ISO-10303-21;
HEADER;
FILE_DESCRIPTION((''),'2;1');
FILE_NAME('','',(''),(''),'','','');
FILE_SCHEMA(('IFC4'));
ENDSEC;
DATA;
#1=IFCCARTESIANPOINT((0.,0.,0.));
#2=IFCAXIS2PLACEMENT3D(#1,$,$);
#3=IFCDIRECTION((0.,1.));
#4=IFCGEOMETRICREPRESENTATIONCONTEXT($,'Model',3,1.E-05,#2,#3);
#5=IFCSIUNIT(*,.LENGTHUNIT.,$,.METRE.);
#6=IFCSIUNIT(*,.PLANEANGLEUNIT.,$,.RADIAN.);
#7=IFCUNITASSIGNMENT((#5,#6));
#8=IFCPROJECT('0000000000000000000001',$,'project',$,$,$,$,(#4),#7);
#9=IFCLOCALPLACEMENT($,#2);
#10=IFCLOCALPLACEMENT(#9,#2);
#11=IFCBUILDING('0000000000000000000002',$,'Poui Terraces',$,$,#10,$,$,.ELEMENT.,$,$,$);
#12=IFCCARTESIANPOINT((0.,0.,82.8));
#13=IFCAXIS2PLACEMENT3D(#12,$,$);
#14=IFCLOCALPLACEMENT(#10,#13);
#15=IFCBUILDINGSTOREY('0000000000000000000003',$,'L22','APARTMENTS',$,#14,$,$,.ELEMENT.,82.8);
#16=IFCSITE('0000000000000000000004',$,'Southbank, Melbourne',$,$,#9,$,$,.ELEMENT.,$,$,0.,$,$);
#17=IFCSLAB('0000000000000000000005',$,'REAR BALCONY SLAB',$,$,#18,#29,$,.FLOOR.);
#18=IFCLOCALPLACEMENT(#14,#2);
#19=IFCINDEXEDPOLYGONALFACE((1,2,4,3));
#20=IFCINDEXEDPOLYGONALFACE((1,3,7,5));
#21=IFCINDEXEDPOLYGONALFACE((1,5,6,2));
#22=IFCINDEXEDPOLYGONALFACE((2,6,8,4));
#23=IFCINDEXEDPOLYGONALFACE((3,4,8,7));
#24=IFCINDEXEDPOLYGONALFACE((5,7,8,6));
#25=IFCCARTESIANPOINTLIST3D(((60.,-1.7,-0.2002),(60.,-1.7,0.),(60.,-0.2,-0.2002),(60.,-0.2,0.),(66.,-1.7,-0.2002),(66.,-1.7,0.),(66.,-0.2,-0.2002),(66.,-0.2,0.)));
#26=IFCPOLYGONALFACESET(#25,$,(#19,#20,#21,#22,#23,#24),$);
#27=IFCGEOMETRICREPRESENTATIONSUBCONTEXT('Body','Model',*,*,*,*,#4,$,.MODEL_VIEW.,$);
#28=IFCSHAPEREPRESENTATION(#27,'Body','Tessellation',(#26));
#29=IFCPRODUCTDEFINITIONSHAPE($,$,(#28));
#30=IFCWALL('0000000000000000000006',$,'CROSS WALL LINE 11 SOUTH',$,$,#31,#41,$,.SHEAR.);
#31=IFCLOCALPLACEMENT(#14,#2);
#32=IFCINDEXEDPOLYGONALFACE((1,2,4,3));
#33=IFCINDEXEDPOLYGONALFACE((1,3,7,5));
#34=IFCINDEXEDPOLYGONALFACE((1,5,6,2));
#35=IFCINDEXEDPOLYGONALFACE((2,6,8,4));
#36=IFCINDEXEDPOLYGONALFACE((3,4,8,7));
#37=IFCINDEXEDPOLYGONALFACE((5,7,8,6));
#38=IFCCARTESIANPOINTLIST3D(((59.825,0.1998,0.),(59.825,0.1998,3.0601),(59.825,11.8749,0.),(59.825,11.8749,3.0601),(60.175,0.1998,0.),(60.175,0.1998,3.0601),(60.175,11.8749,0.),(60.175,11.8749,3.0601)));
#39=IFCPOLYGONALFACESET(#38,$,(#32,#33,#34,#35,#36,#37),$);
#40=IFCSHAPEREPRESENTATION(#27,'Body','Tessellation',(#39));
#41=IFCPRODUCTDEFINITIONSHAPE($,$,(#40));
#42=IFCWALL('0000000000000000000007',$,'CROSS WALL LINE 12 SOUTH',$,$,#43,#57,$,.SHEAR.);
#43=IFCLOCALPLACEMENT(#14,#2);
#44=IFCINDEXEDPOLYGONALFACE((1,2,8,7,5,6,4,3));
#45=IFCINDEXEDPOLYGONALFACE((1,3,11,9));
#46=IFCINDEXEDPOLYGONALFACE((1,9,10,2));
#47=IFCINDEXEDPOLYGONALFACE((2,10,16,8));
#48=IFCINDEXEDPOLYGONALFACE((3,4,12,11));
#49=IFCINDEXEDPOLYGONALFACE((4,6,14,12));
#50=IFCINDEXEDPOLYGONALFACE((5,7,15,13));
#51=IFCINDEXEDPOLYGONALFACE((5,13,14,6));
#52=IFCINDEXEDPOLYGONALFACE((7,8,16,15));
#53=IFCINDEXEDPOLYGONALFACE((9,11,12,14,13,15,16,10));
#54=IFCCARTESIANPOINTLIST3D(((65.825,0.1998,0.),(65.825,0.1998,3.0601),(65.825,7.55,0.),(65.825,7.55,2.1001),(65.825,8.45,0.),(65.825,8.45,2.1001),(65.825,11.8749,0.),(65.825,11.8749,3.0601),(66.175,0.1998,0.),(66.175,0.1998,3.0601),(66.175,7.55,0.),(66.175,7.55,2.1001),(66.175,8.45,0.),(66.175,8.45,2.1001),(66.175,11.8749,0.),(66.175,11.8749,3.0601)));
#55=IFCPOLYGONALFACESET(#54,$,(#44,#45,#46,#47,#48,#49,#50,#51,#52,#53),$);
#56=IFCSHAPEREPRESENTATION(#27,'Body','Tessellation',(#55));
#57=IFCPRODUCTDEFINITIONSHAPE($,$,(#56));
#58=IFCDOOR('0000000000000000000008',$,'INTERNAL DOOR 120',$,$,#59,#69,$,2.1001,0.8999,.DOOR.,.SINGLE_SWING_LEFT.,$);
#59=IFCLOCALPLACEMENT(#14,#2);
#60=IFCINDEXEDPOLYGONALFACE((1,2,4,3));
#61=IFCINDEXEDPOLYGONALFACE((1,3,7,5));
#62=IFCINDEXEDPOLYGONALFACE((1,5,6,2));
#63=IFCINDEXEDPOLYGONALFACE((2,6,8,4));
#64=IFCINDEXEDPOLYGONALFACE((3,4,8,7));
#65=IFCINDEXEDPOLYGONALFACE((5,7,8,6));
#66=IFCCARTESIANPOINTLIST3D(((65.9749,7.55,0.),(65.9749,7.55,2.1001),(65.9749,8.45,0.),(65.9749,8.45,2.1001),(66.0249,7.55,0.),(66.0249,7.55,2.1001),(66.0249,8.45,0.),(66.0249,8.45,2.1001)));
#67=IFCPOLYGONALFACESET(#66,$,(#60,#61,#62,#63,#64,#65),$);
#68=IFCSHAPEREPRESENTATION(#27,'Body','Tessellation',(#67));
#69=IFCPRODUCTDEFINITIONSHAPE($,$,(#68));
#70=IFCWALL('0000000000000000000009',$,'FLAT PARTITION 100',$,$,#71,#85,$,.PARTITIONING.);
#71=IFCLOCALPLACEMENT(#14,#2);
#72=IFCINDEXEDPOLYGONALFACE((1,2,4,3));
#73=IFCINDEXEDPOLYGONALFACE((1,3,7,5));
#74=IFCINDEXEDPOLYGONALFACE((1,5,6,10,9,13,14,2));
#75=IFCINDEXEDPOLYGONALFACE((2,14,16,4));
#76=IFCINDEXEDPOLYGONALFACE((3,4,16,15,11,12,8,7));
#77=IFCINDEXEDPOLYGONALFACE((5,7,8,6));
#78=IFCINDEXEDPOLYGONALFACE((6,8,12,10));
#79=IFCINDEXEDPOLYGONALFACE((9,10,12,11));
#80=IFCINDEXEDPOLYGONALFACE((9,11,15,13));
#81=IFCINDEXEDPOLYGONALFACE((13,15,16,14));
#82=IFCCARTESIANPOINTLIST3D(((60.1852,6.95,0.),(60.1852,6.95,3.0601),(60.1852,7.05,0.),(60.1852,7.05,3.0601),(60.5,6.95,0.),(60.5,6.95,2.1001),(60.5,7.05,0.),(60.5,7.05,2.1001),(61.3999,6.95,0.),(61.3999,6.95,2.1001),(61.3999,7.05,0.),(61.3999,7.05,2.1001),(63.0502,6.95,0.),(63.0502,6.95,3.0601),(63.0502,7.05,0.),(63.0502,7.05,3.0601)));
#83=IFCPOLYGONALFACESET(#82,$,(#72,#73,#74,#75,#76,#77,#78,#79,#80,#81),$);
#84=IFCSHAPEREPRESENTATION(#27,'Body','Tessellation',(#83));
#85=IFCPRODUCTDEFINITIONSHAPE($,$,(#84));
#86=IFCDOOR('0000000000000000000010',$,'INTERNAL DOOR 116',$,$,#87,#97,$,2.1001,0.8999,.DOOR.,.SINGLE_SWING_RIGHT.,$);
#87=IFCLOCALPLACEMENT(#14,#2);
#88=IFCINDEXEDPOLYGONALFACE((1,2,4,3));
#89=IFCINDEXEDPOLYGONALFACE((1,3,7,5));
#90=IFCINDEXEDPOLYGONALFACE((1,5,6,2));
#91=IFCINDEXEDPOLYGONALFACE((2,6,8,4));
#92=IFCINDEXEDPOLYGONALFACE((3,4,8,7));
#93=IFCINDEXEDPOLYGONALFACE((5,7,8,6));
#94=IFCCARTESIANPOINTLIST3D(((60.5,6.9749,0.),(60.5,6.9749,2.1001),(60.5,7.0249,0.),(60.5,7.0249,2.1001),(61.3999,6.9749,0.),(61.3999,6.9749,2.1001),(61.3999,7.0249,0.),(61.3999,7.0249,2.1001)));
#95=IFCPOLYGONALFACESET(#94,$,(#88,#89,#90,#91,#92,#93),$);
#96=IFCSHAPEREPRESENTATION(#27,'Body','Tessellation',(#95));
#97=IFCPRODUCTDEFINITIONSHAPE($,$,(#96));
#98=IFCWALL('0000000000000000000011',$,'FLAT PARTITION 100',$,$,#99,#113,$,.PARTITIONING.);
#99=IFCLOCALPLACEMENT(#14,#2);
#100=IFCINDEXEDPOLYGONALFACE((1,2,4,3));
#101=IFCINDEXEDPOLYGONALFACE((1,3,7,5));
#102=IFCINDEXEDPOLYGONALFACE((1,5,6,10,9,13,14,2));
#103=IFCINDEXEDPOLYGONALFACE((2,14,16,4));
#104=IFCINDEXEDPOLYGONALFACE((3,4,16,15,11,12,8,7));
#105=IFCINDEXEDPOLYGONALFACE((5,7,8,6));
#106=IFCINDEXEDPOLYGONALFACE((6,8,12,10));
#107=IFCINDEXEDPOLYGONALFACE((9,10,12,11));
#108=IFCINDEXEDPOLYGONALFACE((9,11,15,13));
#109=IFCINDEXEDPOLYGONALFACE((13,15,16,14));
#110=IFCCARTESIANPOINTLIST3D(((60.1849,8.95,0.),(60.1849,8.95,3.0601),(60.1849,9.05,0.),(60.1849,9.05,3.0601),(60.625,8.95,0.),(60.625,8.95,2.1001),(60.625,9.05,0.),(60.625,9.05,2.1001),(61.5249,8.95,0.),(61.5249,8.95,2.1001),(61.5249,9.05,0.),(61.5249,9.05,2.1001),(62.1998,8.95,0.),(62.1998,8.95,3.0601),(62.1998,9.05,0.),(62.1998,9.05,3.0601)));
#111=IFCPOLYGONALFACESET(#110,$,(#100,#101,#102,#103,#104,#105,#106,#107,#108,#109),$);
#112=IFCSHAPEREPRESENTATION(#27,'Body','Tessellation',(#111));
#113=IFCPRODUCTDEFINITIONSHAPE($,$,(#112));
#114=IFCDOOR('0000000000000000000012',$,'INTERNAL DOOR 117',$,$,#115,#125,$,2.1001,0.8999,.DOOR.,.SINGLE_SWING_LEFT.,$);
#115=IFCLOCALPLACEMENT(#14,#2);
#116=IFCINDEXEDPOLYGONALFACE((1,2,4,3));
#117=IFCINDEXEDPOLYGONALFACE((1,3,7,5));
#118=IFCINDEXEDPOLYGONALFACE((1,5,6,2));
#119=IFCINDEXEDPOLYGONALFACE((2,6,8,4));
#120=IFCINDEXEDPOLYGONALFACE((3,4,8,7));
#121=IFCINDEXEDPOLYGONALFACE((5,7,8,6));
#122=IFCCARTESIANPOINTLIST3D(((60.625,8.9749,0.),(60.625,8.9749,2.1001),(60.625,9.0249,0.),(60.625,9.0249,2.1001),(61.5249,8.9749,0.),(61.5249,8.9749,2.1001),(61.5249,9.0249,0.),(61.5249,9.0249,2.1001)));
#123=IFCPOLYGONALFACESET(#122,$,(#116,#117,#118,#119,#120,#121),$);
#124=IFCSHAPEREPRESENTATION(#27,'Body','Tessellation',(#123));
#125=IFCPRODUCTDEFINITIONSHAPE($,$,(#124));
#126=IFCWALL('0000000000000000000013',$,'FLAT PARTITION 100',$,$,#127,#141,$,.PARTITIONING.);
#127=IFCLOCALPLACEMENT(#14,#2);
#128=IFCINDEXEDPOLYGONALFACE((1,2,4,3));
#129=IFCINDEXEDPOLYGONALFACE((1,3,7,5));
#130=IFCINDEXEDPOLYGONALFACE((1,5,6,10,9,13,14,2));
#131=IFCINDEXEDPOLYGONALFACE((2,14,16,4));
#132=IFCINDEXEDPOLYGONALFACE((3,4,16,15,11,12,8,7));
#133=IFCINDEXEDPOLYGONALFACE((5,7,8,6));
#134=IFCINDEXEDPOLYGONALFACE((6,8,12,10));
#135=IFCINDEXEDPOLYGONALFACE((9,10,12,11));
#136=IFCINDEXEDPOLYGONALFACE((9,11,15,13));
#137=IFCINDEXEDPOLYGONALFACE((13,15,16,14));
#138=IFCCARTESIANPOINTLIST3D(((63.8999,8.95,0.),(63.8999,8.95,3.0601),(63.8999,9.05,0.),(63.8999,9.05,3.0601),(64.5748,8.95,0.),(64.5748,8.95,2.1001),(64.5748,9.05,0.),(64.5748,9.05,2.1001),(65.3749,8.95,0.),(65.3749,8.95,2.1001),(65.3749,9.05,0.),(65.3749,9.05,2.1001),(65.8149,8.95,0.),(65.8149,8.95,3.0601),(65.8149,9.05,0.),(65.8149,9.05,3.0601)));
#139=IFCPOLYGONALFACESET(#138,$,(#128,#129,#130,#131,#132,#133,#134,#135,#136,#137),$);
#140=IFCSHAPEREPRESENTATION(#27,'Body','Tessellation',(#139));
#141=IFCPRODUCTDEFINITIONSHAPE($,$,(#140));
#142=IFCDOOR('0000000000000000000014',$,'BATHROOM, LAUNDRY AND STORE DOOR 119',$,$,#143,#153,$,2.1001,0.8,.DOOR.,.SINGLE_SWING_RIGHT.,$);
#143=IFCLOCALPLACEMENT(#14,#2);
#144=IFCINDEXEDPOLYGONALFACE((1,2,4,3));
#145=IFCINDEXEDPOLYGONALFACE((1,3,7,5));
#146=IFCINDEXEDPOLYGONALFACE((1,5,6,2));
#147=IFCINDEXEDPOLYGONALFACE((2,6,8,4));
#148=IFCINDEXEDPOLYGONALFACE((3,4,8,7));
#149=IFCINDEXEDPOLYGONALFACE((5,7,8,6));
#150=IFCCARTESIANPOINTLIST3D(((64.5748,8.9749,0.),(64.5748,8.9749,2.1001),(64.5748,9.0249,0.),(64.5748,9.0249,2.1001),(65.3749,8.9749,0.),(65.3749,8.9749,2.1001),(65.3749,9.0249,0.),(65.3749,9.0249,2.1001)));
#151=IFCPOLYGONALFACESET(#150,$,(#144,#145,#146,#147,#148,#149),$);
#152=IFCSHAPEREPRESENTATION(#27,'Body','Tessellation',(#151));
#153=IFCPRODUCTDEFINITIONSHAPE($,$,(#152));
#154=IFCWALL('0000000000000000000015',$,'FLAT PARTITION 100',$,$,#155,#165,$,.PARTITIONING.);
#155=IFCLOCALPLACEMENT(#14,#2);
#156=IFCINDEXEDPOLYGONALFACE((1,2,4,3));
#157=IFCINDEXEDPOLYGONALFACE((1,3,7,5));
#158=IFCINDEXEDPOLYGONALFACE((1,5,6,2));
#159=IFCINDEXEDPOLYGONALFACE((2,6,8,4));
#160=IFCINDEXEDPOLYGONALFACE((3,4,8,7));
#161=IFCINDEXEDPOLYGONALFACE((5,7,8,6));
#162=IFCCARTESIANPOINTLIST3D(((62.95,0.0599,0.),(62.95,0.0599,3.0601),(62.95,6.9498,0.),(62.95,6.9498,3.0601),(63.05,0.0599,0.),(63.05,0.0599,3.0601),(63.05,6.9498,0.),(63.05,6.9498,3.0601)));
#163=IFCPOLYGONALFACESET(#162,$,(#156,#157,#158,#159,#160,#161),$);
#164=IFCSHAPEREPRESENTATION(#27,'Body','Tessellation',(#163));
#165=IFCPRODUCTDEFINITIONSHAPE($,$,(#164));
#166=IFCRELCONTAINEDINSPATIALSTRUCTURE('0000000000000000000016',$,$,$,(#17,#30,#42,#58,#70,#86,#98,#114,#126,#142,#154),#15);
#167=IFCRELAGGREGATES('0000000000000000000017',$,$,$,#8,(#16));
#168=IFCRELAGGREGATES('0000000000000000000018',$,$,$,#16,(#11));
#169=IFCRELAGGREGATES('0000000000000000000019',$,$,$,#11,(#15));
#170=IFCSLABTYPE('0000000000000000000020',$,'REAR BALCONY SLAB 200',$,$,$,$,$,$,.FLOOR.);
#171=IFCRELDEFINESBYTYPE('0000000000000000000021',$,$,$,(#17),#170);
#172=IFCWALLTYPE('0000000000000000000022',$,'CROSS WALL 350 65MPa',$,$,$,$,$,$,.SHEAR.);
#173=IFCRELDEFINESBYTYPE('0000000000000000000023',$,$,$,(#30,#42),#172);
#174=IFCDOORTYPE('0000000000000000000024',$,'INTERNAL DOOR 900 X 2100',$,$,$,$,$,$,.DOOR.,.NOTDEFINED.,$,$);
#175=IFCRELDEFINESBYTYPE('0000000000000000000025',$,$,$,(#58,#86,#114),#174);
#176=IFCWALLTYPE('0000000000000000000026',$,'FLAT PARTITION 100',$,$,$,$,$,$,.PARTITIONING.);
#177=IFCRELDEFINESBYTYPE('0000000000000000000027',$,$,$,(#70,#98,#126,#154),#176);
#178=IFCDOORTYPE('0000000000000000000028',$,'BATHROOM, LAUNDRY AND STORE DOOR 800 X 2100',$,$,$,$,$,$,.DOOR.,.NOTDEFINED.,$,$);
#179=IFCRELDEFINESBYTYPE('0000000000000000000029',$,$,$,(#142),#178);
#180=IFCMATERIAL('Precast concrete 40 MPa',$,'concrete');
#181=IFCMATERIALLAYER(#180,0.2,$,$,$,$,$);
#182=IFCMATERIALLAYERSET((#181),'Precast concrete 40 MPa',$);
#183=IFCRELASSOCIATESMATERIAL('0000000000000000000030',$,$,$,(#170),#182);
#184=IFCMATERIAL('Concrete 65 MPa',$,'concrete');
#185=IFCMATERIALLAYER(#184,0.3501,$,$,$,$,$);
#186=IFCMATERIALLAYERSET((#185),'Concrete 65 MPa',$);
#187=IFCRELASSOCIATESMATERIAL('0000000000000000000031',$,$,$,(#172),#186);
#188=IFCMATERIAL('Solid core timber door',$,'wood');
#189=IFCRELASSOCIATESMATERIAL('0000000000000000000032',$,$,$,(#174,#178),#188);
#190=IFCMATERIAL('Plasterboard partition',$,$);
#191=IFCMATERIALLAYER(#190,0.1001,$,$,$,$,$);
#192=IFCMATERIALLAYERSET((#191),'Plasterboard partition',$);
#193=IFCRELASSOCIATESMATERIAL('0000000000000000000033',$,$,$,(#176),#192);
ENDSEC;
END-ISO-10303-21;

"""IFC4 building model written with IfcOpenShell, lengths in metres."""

from ifc_helpers import new_model, si_unit, direction, frame, frame_2d, origin, place, context, subcontext, project, spatial, polyline, rectangle, outline, extrude, source, transform, mapped, material, layer, layer_set, type_object, element, fill, save


model = new_model("IFC4")

# Units and contexts
model_context = context("Model", 3, precision=1e-05, world=origin(), true_north=direction((0.0, 1.0)))
body_context = subcontext(model_context, "Body", "Model", "MODEL_VIEW")
ifc_project = project(units=[si_unit("LENGTHUNIT", "METRE"), si_unit("PLANEANGLEUNIT", "RADIAN")], contexts=[model_context])

# Site, building, storey
site_placement = place(None, origin())
site = spatial("IfcSite", under=ifc_project, at=site_placement, Name="Southbank, Melbourne", CompositionType="ELEMENT", RefElevation=0.0)
building_placement = place(site_placement, origin())
building = spatial("IfcBuilding", under=site, at=building_placement, Name="Poui Terraces", CompositionType="ELEMENT")
storey_placement = place(building_placement, frame((0.0, 0.0, 82.8)))
storey = spatial("IfcBuildingStorey", under=building, at=storey_placement, Name="L22", Description="APARTMENTS", CompositionType="ELEMENT", Elevation=82.8)

# Slab
ifc_material_1 = material(Name="Precast concrete 40 MPa", Category="concrete")
ifc_layer_1 = layer(ifc_material_1, 0.2)
ifc_layer_set_1 = layer_set([ifc_layer_1], Name="Precast concrete 40 MPa")
slab_type = type_object("IfcSlabType", Name="REAR BALCONY SLAB 200", PredefinedType="FLOOR", material=ifc_layer_set_1)
shared_shape_1 = source(origin(), body_context, "Body", "SweptSolid", [
    extrude(outline(polyline([(0.0, 0.0), (6.0, 0.0), (6.0, 1.5), (0.0, 1.5), (0.0, 0.0)])), origin(), (0.0, 0.0, 1.0), 0.2002),
])
slab_placement = place(storey_placement, frame((60.0, -1.7, -0.2002)))
element("IfcSlab", 1, at=slab_placement, inside=storey, type_object=slab_type, Name="REAR BALCONY SLAB", PredefinedType="FLOOR", context=body_context, shape_type="MappedRepresentation", body=[
    mapped(shared_shape_1, transform((0.0, 0.0, 0.0))),
])

# Wall
ifc_material_2 = material(Name="Concrete 65 MPa", Category="concrete")
ifc_layer_2 = layer(ifc_material_2, 0.3501)
ifc_layer_set_2 = layer_set([ifc_layer_2], Name="Concrete 65 MPa")
wall_type_1 = type_object("IfcWallType", Name="CROSS WALL 350 65MPa", PredefinedType="SHEAR", material=ifc_layer_set_2)
wall_1_placement = place(storey_placement, frame((60.0, 0.2, 0.0), z_axis=(0.0, 0.0, 1.0), x_axis=(0.0, 1.0, 0.0)))
element("IfcWall", 2, at=wall_1_placement, inside=storey, type_object=wall_type_1, Name="CROSS WALL LINE 11 SOUTH", PredefinedType="SHEAR", context=body_context, shape_type="SweptSolid", body=[
    extrude(rectangle(XDim=11.675, YDim=0.3501, at=frame_2d((5.8374, 0.0))), origin(), (0.0, 0.0, 1.0), 3.0601),
])

# Walls, openings, doors
wall_2_placement = place(storey_placement, frame((66.0, 0.2, 0.0), z_axis=(0.0, 0.0, 1.0), x_axis=(0.0, 1.0, 0.0)))
wall_2 = element("IfcWall", 3, at=wall_2_placement, inside=storey, type_object=wall_type_1, Name="CROSS WALL LINE 12 SOUTH", PredefinedType="SHEAR", context=body_context, shape_type="SweptSolid", body=[
    extrude(rectangle(XDim=11.675, YDim=0.3501, at=frame_2d((5.8374, 0.0))), origin(), (0.0, 0.0, 1.0), 3.0601),
])
opening_1_placement = place(wall_2_placement, frame((7.3501, 0.0, 0.0)))
opening_1 = element("IfcOpeningElement", 4, at=opening_1_placement, cuts=wall_2, PredefinedType="OPENING", context=body_context, shape_type="SweptSolid", body=[
    extrude(rectangle(XDim=0.8999, YDim=2.1001, at=frame_2d((0.45, 1.05))), frame((0.0, 0.1851, 0.0), z_axis=(0.0, -1.0, 0.0), x_axis=(1.0, 0.0, 0.0)), (0.0, 0.0, 1.0), 0.3701),
])
ifc_material_3 = material(Name="Solid core timber door", Category="wood")
door_type_1 = type_object("IfcDoorType", Name="INTERNAL DOOR 900 X 2100", OperationType="NOTDEFINED", PredefinedType="DOOR", material=ifc_material_3)
door_1_placement = place(opening_1_placement, frame((0.8999, 0.0, 0.0), z_axis=(0.0, 0.0, 1.0), x_axis=(-1.0, 0.0, 0.0)))
door_1 = element("IfcDoor", 5, at=door_1_placement, inside=storey, type_object=door_type_1, Name="INTERNAL DOOR 120", OperationType="SINGLE_SWING_LEFT", OverallHeight=2.1001, OverallWidth=0.8999, PredefinedType="DOOR", context=body_context, shape_type="SweptSolid", body=[
    extrude(rectangle(XDim=0.8999, YDim=2.1001, at=frame_2d((0.45, 1.05))), frame((0.0, 0.0249, 0.0), z_axis=(0.0, -1.0, 0.0), x_axis=(1.0, 0.0, 0.0)), (0.0, 0.0, 1.0), 0.05),
])
fill(opening_1, door_1)
ifc_material_4 = material(Name="Plasterboard partition")
ifc_layer_3 = layer(ifc_material_4, 0.1001)
ifc_layer_set_3 = layer_set([ifc_layer_3], Name="Plasterboard partition")
wall_type_2 = type_object("IfcWallType", Name="FLAT PARTITION 100", PredefinedType="PARTITIONING", material=ifc_layer_set_3)
wall_3_placement = place(storey_placement, frame((60.1851, 7.0, 0.0), z_axis=(0.0, 0.0, 1.0), x_axis=(1.0, 0.0, 0.0)))
wall_3 = element("IfcWall", 6, at=wall_3_placement, inside=storey, type_object=wall_type_2, Name="FLAT PARTITION 100", PredefinedType="PARTITIONING", context=body_context, shape_type="SweptSolid", body=[
    extrude(rectangle(XDim=2.865, YDim=0.1001, at=frame_2d((1.4326, 0.0))), origin(), (0.0, 0.0, 1.0), 3.0601),
])
opening_2_placement = place(wall_3_placement, frame((0.3149, 0.0, 0.0)))
opening_2 = element("IfcOpeningElement", 7, at=opening_2_placement, cuts=wall_3, PredefinedType="OPENING", context=body_context, shape_type="SweptSolid", body=[
    extrude(rectangle(XDim=0.8999, YDim=2.1001, at=frame_2d((0.45, 1.05))), frame((0.0, 0.0601, 0.0), z_axis=(0.0, -1.0, 0.0), x_axis=(1.0, 0.0, 0.0)), (0.0, 0.0, 1.0), 0.1201),
])
door_2_placement = place(opening_2_placement, origin())
door_2 = element("IfcDoor", 8, at=door_2_placement, inside=storey, type_object=door_type_1, Name="INTERNAL DOOR 116", OperationType="SINGLE_SWING_RIGHT", OverallHeight=2.1001, OverallWidth=0.8999, PredefinedType="DOOR", context=body_context, shape_type="SweptSolid", body=[
    extrude(rectangle(XDim=0.8999, YDim=2.1001, at=frame_2d((0.45, 1.05))), frame((0.0, 0.0249, 0.0), z_axis=(0.0, -1.0, 0.0), x_axis=(1.0, 0.0, 0.0)), (0.0, 0.0, 1.0), 0.05),
])
fill(opening_2, door_2)
wall_4_placement = place(storey_placement, frame((60.1851, 9.0, 0.0), z_axis=(0.0, 0.0, 1.0), x_axis=(1.0, 0.0, 0.0)))
wall_4 = element("IfcWall", 9, at=wall_4_placement, inside=storey, type_object=wall_type_2, Name="FLAT PARTITION 100", PredefinedType="PARTITIONING", context=body_context, shape_type="SweptSolid", body=[
    extrude(rectangle(XDim=2.0149, YDim=0.1001, at=frame_2d((1.0073, 0.0))), origin(), (0.0, 0.0, 1.0), 3.0601),
])
opening_3_placement = place(wall_4_placement, frame((0.4399, 0.0, 0.0)))
opening_3 = element("IfcOpeningElement", 10, at=opening_3_placement, cuts=wall_4, PredefinedType="OPENING", context=body_context, shape_type="SweptSolid", body=[
    extrude(rectangle(XDim=0.8999, YDim=2.1001, at=frame_2d((0.45, 1.05))), frame((0.0, 0.0601, 0.0), z_axis=(0.0, -1.0, 0.0), x_axis=(1.0, 0.0, 0.0)), (0.0, 0.0, 1.0), 0.1201),
])
door_3_placement = place(opening_3_placement, origin())
door_3 = element("IfcDoor", 11, at=door_3_placement, inside=storey, type_object=door_type_1, Name="INTERNAL DOOR 117", OperationType="SINGLE_SWING_LEFT", OverallHeight=2.1001, OverallWidth=0.8999, PredefinedType="DOOR", context=body_context, shape_type="SweptSolid", body=[
    extrude(rectangle(XDim=0.8999, YDim=2.1001, at=frame_2d((0.45, 1.05))), frame((0.0, 0.0249, 0.0), z_axis=(0.0, -1.0, 0.0), x_axis=(1.0, 0.0, 0.0)), (0.0, 0.0, 1.0), 0.05),
])
fill(opening_3, door_3)
wall_5_placement = place(storey_placement, frame((63.8999, 9.0, 0.0), z_axis=(0.0, 0.0, 1.0), x_axis=(1.0, 0.0, 0.0)))
wall_5 = element("IfcWall", 12, at=wall_5_placement, inside=storey, type_object=wall_type_2, Name="FLAT PARTITION 100", PredefinedType="PARTITIONING", context=body_context, shape_type="SweptSolid", body=[
    extrude(rectangle(XDim=1.915, YDim=0.1001, at=frame_2d((0.9575, 0.0))), origin(), (0.0, 0.0, 1.0), 3.0601),
])
opening_4_placement = place(wall_5_placement, frame((0.675, 0.0, 0.0)))
opening_4 = element("IfcOpeningElement", 13, at=opening_4_placement, cuts=wall_5, PredefinedType="OPENING", context=body_context, shape_type="SweptSolid", body=[
    extrude(rectangle(XDim=0.8, YDim=2.1001, at=frame_2d((0.3999, 1.05))), frame((0.0, 0.0601, 0.0), z_axis=(0.0, -1.0, 0.0), x_axis=(1.0, 0.0, 0.0)), (0.0, 0.0, 1.0), 0.1201),
])
door_type_2 = type_object("IfcDoorType", Name="BATHROOM, LAUNDRY AND STORE DOOR 800 X 2100", OperationType="NOTDEFINED", PredefinedType="DOOR", material=ifc_material_3)
door_4_placement = place(opening_4_placement, origin())
door_4 = element("IfcDoor", 14, at=door_4_placement, inside=storey, type_object=door_type_2, Name="BATHROOM, LAUNDRY AND STORE DOOR 119", OperationType="SINGLE_SWING_RIGHT", OverallHeight=2.1001, OverallWidth=0.8, PredefinedType="DOOR", context=body_context, shape_type="SweptSolid", body=[
    extrude(rectangle(XDim=0.8, YDim=2.1001, at=frame_2d((0.3999, 1.05))), frame((0.0, 0.0249, 0.0), z_axis=(0.0, -1.0, 0.0), x_axis=(1.0, 0.0, 0.0)), (0.0, 0.0, 1.0), 0.05),
])
fill(opening_4, door_4)

# Wall
wall_6_placement = place(storey_placement, frame((63.0, 0.0601, 0.0), z_axis=(0.0, 0.0, 1.0), x_axis=(0.0, 1.0, 0.0)))
element("IfcWall", 15, at=wall_6_placement, inside=storey, type_object=wall_type_2, Name="FLAT PARTITION 100", PredefinedType="PARTITIONING", context=body_context, shape_type="SweptSolid", body=[
    extrude(rectangle(XDim=6.8899, YDim=0.1001, at=frame_2d((3.4448, 0.0))), origin(), (0.0, 0.0, 1.0), 3.0601),
])

save(model, "model.ifc")
